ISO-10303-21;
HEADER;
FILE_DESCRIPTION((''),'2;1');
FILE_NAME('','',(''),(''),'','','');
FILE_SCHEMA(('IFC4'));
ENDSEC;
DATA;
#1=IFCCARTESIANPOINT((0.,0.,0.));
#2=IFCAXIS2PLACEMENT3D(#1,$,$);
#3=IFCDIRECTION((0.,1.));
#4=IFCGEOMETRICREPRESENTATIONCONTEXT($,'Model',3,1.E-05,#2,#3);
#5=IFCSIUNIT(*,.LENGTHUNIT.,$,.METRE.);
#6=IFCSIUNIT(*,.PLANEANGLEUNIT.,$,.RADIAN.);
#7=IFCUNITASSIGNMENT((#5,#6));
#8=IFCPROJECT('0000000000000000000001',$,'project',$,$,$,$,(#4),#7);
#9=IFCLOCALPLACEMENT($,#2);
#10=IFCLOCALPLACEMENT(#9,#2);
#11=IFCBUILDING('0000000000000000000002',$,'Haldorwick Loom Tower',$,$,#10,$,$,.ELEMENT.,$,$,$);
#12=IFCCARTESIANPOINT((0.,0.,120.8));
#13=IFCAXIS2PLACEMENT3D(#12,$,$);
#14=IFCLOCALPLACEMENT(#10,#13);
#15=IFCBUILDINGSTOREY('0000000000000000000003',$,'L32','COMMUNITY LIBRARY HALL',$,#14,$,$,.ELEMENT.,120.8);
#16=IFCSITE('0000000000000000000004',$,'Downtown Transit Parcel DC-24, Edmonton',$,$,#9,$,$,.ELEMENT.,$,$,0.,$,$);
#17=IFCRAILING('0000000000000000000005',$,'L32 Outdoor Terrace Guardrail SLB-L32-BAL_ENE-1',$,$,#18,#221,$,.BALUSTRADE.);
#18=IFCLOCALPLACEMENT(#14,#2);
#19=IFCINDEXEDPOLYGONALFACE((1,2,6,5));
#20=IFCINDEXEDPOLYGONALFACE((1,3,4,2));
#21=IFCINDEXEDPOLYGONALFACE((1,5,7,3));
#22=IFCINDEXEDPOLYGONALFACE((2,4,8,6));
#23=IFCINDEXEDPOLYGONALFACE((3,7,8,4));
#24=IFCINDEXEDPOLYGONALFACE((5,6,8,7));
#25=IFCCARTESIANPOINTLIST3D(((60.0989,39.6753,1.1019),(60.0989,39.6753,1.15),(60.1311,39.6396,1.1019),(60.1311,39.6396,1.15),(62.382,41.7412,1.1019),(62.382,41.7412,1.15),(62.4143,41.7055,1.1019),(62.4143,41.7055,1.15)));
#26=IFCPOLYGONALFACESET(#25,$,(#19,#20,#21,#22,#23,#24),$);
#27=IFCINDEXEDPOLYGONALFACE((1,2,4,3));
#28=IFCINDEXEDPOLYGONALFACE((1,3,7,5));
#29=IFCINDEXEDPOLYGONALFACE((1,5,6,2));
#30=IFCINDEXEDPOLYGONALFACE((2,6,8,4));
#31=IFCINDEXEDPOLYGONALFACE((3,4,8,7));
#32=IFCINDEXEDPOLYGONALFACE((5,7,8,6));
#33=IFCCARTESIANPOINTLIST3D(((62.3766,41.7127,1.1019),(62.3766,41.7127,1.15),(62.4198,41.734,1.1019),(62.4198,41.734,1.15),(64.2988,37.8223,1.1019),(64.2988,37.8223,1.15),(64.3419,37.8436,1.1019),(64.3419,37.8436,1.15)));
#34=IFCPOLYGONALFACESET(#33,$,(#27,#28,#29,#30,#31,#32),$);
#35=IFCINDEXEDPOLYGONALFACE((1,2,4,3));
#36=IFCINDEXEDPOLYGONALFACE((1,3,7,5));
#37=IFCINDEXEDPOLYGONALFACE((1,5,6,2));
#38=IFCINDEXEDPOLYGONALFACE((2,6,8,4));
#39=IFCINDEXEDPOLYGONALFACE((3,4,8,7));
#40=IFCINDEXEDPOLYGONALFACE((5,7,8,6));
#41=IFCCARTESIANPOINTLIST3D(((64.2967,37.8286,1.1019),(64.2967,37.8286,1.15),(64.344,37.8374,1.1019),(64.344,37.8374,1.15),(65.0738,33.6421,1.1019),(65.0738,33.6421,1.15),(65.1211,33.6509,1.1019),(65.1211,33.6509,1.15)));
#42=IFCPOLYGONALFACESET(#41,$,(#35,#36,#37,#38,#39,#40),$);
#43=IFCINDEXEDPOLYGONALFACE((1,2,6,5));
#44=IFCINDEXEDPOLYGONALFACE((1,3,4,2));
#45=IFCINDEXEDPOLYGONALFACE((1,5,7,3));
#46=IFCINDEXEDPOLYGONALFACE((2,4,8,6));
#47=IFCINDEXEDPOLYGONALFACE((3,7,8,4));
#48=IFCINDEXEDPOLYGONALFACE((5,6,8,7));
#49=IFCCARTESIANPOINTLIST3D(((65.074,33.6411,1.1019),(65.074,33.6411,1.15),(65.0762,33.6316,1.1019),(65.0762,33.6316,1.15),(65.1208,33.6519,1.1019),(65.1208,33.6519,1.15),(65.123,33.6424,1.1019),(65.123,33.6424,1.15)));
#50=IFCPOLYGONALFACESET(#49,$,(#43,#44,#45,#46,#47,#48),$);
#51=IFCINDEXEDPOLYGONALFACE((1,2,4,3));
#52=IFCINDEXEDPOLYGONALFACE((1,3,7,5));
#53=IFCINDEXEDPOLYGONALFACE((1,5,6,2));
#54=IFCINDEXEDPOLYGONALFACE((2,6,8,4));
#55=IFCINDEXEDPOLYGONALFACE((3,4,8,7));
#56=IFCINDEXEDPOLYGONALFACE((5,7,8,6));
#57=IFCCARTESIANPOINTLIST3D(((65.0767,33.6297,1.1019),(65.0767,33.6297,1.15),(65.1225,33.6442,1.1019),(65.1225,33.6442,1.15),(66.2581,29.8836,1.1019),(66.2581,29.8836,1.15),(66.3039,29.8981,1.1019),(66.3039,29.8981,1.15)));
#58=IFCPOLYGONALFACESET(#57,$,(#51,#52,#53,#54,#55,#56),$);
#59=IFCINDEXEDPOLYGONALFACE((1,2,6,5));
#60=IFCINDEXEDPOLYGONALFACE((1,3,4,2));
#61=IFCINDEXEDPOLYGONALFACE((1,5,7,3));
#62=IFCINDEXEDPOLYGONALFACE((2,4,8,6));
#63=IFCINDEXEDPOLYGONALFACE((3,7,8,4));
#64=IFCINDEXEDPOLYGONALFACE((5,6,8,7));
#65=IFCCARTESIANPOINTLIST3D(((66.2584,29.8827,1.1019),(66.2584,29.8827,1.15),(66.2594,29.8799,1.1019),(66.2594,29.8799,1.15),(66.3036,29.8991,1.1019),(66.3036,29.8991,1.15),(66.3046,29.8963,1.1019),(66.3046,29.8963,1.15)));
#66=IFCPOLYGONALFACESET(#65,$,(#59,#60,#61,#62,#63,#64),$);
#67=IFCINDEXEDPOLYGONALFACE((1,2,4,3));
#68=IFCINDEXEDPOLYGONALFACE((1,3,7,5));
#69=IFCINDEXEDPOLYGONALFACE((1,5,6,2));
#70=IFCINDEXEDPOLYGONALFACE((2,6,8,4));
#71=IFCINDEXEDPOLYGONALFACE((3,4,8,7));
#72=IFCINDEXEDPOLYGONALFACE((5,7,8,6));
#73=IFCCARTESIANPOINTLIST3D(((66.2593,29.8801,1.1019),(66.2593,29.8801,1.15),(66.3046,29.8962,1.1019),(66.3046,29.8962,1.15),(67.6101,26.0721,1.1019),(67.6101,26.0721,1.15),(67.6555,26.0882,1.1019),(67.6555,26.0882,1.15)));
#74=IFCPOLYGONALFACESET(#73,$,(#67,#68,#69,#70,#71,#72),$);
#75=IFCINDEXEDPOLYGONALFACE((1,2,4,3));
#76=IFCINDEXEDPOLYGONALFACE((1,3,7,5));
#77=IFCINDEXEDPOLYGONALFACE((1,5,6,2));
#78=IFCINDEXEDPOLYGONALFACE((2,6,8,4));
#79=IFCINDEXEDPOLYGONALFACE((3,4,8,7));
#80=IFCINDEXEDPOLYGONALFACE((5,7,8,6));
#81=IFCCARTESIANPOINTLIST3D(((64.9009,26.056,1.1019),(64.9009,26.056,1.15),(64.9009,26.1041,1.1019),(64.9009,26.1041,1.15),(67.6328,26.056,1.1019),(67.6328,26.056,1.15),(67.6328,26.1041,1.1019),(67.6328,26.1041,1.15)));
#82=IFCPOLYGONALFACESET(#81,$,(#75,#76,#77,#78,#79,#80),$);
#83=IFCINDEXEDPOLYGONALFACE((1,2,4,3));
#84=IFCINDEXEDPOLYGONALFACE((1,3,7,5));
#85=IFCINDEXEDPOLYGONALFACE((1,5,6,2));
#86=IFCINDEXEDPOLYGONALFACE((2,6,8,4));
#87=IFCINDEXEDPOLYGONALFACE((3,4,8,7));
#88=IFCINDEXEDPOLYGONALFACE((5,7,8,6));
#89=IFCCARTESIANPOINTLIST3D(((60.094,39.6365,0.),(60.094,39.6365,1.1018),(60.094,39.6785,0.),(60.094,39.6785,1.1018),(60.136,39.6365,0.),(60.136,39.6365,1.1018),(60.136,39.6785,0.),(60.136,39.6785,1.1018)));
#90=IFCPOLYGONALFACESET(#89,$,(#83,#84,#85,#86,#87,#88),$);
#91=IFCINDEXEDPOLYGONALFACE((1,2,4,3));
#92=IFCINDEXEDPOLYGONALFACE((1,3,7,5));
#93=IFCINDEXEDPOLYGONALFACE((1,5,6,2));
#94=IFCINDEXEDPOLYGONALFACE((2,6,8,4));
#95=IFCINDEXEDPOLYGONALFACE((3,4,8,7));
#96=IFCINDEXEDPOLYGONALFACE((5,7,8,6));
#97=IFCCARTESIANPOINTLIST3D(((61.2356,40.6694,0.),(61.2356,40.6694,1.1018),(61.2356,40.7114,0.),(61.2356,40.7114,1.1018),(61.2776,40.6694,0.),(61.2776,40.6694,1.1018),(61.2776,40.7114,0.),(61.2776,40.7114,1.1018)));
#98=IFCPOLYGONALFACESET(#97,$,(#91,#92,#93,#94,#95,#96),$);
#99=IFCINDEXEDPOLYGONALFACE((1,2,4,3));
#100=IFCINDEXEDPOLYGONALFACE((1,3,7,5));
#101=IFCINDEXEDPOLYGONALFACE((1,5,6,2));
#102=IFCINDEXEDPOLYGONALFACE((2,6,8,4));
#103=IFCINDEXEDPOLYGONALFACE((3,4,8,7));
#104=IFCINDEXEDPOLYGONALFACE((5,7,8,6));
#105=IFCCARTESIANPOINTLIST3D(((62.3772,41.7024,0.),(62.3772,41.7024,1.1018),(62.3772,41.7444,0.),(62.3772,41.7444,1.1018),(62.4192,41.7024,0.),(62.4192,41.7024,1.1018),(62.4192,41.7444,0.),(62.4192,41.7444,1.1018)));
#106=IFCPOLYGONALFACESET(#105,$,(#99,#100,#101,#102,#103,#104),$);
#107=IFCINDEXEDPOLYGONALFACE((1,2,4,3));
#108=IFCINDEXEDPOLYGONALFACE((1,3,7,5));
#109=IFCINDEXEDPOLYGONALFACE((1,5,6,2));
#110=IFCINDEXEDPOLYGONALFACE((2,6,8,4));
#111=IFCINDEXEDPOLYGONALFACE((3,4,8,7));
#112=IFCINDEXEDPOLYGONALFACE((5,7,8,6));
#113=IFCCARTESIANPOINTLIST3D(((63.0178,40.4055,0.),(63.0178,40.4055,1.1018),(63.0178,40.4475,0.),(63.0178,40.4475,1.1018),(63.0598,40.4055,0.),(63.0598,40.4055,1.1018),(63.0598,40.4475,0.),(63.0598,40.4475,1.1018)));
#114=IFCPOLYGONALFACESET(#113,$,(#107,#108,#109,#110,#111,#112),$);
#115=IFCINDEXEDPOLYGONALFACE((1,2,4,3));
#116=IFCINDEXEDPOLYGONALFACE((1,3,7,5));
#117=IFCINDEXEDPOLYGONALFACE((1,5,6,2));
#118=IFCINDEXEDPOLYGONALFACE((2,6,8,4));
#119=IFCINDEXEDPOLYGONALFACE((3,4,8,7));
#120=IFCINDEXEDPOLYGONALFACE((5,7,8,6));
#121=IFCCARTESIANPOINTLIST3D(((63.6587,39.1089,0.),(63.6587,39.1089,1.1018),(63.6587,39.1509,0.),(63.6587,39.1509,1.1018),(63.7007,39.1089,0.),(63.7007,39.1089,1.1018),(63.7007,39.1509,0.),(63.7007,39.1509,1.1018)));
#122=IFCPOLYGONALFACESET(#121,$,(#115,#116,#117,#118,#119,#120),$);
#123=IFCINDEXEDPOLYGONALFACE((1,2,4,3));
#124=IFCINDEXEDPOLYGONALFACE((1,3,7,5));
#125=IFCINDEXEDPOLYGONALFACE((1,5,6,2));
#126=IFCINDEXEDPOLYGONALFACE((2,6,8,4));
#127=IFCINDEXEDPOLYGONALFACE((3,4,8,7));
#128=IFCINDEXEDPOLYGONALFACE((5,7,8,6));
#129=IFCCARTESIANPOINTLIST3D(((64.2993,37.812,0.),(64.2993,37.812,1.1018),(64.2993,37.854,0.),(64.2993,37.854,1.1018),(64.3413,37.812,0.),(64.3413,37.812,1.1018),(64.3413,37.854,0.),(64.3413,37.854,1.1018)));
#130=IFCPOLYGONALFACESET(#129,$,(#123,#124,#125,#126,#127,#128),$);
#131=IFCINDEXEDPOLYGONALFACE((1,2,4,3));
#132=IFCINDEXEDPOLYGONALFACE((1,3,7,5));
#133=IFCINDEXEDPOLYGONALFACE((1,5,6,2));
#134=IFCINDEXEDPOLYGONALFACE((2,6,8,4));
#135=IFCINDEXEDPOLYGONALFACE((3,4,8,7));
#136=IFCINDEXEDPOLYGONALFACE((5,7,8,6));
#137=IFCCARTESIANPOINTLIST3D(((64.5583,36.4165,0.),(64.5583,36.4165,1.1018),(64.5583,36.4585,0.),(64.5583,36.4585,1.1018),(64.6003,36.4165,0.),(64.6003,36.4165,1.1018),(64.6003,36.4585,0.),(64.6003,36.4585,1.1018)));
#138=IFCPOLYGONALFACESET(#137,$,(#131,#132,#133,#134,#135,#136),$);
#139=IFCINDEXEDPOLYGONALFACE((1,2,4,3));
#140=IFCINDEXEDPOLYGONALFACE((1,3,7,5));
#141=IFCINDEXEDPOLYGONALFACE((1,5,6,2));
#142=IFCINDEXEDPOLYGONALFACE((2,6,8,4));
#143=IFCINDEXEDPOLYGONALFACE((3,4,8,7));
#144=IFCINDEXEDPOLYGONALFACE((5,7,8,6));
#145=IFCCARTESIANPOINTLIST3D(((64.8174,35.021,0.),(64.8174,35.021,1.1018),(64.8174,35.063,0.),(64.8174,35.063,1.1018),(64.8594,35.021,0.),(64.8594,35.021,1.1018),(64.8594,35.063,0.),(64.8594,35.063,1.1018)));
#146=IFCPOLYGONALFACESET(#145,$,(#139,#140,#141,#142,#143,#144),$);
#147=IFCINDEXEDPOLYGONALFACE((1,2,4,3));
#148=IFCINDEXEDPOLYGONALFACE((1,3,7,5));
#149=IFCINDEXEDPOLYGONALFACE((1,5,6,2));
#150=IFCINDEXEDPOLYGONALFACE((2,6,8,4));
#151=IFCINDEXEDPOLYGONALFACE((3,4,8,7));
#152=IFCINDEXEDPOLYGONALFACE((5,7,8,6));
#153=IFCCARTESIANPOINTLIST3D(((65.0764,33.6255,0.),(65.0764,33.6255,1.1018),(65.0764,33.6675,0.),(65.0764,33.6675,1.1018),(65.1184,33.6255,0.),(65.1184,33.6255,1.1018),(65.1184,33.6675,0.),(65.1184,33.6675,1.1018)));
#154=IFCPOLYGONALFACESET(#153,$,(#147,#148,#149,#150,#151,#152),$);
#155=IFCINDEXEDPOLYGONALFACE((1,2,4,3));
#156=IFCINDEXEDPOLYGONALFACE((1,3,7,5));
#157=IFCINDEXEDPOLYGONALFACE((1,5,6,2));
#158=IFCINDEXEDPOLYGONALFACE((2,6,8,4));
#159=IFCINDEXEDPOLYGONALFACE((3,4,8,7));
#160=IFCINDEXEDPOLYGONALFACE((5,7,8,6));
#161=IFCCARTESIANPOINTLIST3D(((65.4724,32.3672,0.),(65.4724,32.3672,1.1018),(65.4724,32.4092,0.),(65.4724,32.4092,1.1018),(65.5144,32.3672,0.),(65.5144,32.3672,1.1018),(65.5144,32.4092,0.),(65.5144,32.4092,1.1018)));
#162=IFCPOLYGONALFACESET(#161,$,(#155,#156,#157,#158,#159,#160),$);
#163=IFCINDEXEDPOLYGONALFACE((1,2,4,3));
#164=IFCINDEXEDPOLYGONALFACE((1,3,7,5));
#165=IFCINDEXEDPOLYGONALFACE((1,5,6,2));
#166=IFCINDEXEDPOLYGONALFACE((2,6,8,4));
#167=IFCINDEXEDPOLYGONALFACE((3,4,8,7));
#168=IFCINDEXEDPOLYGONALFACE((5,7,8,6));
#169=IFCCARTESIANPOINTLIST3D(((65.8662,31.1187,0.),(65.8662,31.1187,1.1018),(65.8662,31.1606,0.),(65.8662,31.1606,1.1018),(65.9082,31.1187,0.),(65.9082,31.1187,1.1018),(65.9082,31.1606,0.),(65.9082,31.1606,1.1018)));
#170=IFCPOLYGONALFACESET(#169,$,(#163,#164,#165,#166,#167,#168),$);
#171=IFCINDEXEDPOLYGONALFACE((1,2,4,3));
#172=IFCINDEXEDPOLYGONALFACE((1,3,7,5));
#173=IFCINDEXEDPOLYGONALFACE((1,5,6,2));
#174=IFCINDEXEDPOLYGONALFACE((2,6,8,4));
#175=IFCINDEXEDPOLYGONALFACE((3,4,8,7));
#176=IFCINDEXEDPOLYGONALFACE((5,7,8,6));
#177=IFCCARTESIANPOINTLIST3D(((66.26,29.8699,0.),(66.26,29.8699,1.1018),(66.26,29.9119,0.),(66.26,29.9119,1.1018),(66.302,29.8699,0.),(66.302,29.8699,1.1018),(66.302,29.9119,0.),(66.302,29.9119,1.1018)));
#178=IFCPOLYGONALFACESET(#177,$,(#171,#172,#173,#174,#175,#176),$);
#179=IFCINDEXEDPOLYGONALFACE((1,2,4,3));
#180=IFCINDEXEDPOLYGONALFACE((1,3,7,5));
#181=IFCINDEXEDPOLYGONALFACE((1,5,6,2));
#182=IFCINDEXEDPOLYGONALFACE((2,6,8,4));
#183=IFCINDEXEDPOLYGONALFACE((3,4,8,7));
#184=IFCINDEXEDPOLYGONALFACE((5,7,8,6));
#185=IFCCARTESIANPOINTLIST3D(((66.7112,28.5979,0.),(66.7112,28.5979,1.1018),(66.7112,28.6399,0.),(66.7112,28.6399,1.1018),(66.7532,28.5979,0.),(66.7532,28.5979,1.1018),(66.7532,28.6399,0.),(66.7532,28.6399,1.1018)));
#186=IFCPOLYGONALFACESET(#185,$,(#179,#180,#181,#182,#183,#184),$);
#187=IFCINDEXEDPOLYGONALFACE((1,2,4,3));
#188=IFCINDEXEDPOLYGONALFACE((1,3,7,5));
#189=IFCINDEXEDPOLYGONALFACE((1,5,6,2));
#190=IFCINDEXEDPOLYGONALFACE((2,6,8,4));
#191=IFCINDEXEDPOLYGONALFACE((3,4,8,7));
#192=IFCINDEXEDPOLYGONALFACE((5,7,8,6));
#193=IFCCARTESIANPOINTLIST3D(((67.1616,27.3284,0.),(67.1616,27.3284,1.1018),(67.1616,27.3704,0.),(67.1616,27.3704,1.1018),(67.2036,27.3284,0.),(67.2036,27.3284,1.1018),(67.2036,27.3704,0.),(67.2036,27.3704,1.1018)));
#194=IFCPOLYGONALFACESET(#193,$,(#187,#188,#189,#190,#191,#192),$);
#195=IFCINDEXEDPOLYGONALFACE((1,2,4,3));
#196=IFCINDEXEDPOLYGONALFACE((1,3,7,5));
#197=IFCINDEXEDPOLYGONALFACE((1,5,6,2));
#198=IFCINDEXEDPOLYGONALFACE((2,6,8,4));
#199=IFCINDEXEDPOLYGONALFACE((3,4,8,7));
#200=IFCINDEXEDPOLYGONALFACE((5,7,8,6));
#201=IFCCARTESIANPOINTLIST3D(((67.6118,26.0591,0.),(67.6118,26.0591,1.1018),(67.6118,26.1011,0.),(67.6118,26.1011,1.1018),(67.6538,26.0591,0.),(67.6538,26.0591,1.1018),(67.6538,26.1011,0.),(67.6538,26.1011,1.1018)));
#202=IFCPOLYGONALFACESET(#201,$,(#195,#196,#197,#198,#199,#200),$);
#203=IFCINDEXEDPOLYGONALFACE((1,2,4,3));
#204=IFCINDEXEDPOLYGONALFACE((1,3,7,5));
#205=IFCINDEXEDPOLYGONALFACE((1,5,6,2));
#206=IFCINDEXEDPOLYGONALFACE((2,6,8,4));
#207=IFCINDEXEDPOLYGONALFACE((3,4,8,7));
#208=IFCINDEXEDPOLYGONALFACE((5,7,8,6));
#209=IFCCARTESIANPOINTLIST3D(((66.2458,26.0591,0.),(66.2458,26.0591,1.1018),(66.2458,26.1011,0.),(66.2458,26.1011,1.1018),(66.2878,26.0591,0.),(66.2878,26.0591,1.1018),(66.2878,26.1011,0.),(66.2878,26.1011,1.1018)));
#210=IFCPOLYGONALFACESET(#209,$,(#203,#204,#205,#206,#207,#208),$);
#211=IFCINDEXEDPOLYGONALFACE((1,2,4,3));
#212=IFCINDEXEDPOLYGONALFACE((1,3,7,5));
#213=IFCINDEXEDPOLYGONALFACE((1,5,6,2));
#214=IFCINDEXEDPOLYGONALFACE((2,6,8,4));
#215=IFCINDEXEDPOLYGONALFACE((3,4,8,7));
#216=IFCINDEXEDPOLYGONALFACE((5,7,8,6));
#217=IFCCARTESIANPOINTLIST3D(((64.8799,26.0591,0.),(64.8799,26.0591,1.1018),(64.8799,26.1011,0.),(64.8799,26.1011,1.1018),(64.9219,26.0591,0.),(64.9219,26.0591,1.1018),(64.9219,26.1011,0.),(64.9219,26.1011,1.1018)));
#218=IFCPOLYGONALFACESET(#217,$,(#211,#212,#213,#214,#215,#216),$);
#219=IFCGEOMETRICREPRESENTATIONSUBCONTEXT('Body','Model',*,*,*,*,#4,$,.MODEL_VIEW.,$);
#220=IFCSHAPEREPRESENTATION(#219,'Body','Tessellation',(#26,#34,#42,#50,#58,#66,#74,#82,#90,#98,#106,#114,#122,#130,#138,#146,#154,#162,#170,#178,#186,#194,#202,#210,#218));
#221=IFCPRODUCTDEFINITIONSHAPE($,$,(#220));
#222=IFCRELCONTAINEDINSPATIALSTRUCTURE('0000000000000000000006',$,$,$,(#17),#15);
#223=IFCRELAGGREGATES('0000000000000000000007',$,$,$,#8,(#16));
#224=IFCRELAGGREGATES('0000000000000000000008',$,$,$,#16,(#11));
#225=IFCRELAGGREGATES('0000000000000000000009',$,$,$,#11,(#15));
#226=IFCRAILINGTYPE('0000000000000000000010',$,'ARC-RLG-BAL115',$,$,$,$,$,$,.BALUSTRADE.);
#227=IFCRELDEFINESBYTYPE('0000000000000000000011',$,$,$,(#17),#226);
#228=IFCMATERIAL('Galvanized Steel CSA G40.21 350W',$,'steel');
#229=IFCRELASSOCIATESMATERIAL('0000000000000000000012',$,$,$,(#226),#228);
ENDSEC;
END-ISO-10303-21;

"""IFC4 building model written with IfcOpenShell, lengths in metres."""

from ifc_helpers import new_model, si_unit, direction, frame, origin, origin_2d, place, context, subcontext, project, spatial, rectangle, extrude, material, type_object, element, save


model = new_model("IFC4")

# Units and contexts
model_context = context("Model", 3, precision=1e-05, world=origin(), true_north=direction((0.0, 1.0)))
body_context = subcontext(model_context, "Body", "Model", "MODEL_VIEW")
ifc_project = project(units=[si_unit("LENGTHUNIT", "METRE"), si_unit("PLANEANGLEUNIT", "RADIAN")], contexts=[model_context])

# Site, building, storey
site_placement = place(None, origin())
site = spatial("IfcSite", under=ifc_project, at=site_placement, Name="Downtown Transit Parcel DC-24, Edmonton", CompositionType="ELEMENT", RefElevation=0.0)
building_placement = place(site_placement, origin())
building = spatial("IfcBuilding", under=site, at=building_placement, Name="Haldorwick Loom Tower", CompositionType="ELEMENT")
storey_placement = place(building_placement, frame((0.0, 0.0, 120.8)))
storey = spatial("IfcBuildingStorey", under=building, at=storey_placement, Name="L32", Description="COMMUNITY LIBRARY HALL", CompositionType="ELEMENT", Elevation=120.8)

# Railing
ifc_material_1 = material(Name="Galvanized Steel CSA G40.21 350W", Category="steel")
railing_type_1 = type_object("IfcRailingType", Name="ARC-RLG-BAL115", PredefinedType="BALUSTRADE", material=ifc_material_1)
railing_1_placement = place(storey_placement, frame((60.115, 39.6575, 0.0)))
element("IfcRailing", 1, at=railing_1_placement, inside=storey, type_object=railing_type_1, Name="L32 Outdoor Terrace Guardrail SLB-L32-BAL_ENE-1", PredefinedType="BALUSTRADE", context=body_context, shape_type="SweptSolid", body=[
    extrude(rectangle(XDim=0.0481, YDim=0.0481, at=origin_2d()), frame((0.0, 0.0, 1.126), z_axis=(0.741509, 0.670942, 0.0), x_axis=(-0.670942, 0.741509, 0.0)), (0.0, 0.0, 1.0), 3.0791),
    extrude(rectangle(XDim=0.0481, YDim=0.0481, at=origin_2d()), frame((2.2832, 2.0659, 1.126), z_axis=(0.442955, -0.896544, 0.0), x_axis=(0.896544, 0.442955, 0.0)), (0.0, 0.0, 1.0), 4.3394),
    extrude(rectangle(XDim=0.0481, YDim=0.0481, at=origin_2d()), frame((4.2053, -1.8245, 1.126), z_axis=(0.182502, -0.983205, 0.0), x_axis=(0.983205, 0.182502, 0.0)), (0.0, 0.0, 1.0), 4.2581),
    extrude(rectangle(XDim=0.0481, YDim=0.0481, at=origin_2d()), frame((4.9824, -6.011, 1.126), z_axis=(0.22486, -0.974391, 0.0), x_axis=(0.974391, 0.22486, 0.0)), (0.0, 0.0, 1.0), 0.0098),
    extrude(rectangle(XDim=0.0481, YDim=0.0481, at=origin_2d()), frame((4.9846, -6.0205, 1.126), z_axis=(0.300765, -0.953698, 0.0), x_axis=(0.953698, 0.300765, 0.0)), (0.0, 0.0, 1.0), 3.928),
    extrude(rectangle(XDim=0.0481, YDim=0.0481, at=origin_2d()), frame((6.166, -9.7666, 1.126), z_axis=(0.341743, -0.939793, 0.0), x_axis=(0.939793, 0.341743, 0.0)), (0.0, 0.0, 1.0), 0.0029),
    extrude(rectangle(XDim=0.0481, YDim=0.0481, at=origin_2d()), frame((6.167, -9.7693, 1.126), z_axis=(0.334315, -0.942462, 0.0), x_axis=(0.942462, 0.334315, 0.0)), (0.0, 0.0, 1.0), 4.0405),
    extrude(rectangle(XDim=0.0481, YDim=0.0481, at=origin_2d()), frame((7.5178, -13.5774, 1.126), z_axis=(-1.0, 0.0, 0.0), x_axis=(0.0, -1.0, 0.0)), (0.0, 0.0, 1.0), 2.7319),
    extrude(rectangle(XDim=0.042, YDim=0.042, at=origin_2d()), origin(), (0.0, 0.0, 1.0), 1.1018),
    extrude(rectangle(XDim=0.042, YDim=0.042, at=origin_2d()), frame((1.1416, 1.033, 0.0)), (0.0, 0.0, 1.0), 1.1018),
    extrude(rectangle(XDim=0.042, YDim=0.042, at=origin_2d()), frame((2.2832, 2.0659, 0.0)), (0.0, 0.0, 1.0), 1.1018),
    extrude(rectangle(XDim=0.042, YDim=0.042, at=origin_2d()), frame((2.9238, 0.769, 0.0)), (0.0, 0.0, 1.0), 1.1018),
    extrude(rectangle(XDim=0.042, YDim=0.042, at=origin_2d()), frame((3.5647, -0.5276, 0.0)), (0.0, 0.0, 1.0), 1.1018),
    extrude(rectangle(XDim=0.042, YDim=0.042, at=origin_2d()), frame((4.2053, -1.8245, 0.0)), (0.0, 0.0, 1.0), 1.1018),
    extrude(rectangle(XDim=0.042, YDim=0.042, at=origin_2d()), frame((4.4644, -3.22, 0.0)), (0.0, 0.0, 1.0), 1.1018),
    extrude(rectangle(XDim=0.042, YDim=0.042, at=origin_2d()), frame((4.7234, -4.6155, 0.0)), (0.0, 0.0, 1.0), 1.1018),
    extrude(rectangle(XDim=0.042, YDim=0.042, at=origin_2d()), frame((4.9824, -6.011, 0.0)), (0.0, 0.0, 1.0), 1.1018),
    extrude(rectangle(XDim=0.042, YDim=0.042, at=origin_2d()), frame((5.3784, -7.2693, 0.0)), (0.0, 0.0, 1.0), 1.1018),
    extrude(rectangle(XDim=0.042, YDim=0.042, at=origin_2d()), frame((5.7722, -8.5178, 0.0)), (0.0, 0.0, 1.0), 1.1018),
    extrude(rectangle(XDim=0.042, YDim=0.042, at=origin_2d()), frame((6.166, -9.7666, 0.0)), (0.0, 0.0, 1.0), 1.1018),
    extrude(rectangle(XDim=0.042, YDim=0.042, at=origin_2d()), frame((6.6172, -11.0386, 0.0)), (0.0, 0.0, 1.0), 1.1018),
    extrude(rectangle(XDim=0.042, YDim=0.042, at=origin_2d()), frame((7.0676, -12.3081, 0.0)), (0.0, 0.0, 1.0), 1.1018),
    extrude(rectangle(XDim=0.042, YDim=0.042, at=origin_2d()), frame((7.5178, -13.5774, 0.0)), (0.0, 0.0, 1.0), 1.1018),
    extrude(rectangle(XDim=0.042, YDim=0.042, at=origin_2d()), frame((6.1519, -13.5774, 0.0)), (0.0, 0.0, 1.0), 1.1018),
    extrude(rectangle(XDim=0.042, YDim=0.042, at=origin_2d()), frame((4.7859, -13.5774, 0.0)), (0.0, 0.0, 1.0), 1.1018),
])

save(model, "model.ifc")
